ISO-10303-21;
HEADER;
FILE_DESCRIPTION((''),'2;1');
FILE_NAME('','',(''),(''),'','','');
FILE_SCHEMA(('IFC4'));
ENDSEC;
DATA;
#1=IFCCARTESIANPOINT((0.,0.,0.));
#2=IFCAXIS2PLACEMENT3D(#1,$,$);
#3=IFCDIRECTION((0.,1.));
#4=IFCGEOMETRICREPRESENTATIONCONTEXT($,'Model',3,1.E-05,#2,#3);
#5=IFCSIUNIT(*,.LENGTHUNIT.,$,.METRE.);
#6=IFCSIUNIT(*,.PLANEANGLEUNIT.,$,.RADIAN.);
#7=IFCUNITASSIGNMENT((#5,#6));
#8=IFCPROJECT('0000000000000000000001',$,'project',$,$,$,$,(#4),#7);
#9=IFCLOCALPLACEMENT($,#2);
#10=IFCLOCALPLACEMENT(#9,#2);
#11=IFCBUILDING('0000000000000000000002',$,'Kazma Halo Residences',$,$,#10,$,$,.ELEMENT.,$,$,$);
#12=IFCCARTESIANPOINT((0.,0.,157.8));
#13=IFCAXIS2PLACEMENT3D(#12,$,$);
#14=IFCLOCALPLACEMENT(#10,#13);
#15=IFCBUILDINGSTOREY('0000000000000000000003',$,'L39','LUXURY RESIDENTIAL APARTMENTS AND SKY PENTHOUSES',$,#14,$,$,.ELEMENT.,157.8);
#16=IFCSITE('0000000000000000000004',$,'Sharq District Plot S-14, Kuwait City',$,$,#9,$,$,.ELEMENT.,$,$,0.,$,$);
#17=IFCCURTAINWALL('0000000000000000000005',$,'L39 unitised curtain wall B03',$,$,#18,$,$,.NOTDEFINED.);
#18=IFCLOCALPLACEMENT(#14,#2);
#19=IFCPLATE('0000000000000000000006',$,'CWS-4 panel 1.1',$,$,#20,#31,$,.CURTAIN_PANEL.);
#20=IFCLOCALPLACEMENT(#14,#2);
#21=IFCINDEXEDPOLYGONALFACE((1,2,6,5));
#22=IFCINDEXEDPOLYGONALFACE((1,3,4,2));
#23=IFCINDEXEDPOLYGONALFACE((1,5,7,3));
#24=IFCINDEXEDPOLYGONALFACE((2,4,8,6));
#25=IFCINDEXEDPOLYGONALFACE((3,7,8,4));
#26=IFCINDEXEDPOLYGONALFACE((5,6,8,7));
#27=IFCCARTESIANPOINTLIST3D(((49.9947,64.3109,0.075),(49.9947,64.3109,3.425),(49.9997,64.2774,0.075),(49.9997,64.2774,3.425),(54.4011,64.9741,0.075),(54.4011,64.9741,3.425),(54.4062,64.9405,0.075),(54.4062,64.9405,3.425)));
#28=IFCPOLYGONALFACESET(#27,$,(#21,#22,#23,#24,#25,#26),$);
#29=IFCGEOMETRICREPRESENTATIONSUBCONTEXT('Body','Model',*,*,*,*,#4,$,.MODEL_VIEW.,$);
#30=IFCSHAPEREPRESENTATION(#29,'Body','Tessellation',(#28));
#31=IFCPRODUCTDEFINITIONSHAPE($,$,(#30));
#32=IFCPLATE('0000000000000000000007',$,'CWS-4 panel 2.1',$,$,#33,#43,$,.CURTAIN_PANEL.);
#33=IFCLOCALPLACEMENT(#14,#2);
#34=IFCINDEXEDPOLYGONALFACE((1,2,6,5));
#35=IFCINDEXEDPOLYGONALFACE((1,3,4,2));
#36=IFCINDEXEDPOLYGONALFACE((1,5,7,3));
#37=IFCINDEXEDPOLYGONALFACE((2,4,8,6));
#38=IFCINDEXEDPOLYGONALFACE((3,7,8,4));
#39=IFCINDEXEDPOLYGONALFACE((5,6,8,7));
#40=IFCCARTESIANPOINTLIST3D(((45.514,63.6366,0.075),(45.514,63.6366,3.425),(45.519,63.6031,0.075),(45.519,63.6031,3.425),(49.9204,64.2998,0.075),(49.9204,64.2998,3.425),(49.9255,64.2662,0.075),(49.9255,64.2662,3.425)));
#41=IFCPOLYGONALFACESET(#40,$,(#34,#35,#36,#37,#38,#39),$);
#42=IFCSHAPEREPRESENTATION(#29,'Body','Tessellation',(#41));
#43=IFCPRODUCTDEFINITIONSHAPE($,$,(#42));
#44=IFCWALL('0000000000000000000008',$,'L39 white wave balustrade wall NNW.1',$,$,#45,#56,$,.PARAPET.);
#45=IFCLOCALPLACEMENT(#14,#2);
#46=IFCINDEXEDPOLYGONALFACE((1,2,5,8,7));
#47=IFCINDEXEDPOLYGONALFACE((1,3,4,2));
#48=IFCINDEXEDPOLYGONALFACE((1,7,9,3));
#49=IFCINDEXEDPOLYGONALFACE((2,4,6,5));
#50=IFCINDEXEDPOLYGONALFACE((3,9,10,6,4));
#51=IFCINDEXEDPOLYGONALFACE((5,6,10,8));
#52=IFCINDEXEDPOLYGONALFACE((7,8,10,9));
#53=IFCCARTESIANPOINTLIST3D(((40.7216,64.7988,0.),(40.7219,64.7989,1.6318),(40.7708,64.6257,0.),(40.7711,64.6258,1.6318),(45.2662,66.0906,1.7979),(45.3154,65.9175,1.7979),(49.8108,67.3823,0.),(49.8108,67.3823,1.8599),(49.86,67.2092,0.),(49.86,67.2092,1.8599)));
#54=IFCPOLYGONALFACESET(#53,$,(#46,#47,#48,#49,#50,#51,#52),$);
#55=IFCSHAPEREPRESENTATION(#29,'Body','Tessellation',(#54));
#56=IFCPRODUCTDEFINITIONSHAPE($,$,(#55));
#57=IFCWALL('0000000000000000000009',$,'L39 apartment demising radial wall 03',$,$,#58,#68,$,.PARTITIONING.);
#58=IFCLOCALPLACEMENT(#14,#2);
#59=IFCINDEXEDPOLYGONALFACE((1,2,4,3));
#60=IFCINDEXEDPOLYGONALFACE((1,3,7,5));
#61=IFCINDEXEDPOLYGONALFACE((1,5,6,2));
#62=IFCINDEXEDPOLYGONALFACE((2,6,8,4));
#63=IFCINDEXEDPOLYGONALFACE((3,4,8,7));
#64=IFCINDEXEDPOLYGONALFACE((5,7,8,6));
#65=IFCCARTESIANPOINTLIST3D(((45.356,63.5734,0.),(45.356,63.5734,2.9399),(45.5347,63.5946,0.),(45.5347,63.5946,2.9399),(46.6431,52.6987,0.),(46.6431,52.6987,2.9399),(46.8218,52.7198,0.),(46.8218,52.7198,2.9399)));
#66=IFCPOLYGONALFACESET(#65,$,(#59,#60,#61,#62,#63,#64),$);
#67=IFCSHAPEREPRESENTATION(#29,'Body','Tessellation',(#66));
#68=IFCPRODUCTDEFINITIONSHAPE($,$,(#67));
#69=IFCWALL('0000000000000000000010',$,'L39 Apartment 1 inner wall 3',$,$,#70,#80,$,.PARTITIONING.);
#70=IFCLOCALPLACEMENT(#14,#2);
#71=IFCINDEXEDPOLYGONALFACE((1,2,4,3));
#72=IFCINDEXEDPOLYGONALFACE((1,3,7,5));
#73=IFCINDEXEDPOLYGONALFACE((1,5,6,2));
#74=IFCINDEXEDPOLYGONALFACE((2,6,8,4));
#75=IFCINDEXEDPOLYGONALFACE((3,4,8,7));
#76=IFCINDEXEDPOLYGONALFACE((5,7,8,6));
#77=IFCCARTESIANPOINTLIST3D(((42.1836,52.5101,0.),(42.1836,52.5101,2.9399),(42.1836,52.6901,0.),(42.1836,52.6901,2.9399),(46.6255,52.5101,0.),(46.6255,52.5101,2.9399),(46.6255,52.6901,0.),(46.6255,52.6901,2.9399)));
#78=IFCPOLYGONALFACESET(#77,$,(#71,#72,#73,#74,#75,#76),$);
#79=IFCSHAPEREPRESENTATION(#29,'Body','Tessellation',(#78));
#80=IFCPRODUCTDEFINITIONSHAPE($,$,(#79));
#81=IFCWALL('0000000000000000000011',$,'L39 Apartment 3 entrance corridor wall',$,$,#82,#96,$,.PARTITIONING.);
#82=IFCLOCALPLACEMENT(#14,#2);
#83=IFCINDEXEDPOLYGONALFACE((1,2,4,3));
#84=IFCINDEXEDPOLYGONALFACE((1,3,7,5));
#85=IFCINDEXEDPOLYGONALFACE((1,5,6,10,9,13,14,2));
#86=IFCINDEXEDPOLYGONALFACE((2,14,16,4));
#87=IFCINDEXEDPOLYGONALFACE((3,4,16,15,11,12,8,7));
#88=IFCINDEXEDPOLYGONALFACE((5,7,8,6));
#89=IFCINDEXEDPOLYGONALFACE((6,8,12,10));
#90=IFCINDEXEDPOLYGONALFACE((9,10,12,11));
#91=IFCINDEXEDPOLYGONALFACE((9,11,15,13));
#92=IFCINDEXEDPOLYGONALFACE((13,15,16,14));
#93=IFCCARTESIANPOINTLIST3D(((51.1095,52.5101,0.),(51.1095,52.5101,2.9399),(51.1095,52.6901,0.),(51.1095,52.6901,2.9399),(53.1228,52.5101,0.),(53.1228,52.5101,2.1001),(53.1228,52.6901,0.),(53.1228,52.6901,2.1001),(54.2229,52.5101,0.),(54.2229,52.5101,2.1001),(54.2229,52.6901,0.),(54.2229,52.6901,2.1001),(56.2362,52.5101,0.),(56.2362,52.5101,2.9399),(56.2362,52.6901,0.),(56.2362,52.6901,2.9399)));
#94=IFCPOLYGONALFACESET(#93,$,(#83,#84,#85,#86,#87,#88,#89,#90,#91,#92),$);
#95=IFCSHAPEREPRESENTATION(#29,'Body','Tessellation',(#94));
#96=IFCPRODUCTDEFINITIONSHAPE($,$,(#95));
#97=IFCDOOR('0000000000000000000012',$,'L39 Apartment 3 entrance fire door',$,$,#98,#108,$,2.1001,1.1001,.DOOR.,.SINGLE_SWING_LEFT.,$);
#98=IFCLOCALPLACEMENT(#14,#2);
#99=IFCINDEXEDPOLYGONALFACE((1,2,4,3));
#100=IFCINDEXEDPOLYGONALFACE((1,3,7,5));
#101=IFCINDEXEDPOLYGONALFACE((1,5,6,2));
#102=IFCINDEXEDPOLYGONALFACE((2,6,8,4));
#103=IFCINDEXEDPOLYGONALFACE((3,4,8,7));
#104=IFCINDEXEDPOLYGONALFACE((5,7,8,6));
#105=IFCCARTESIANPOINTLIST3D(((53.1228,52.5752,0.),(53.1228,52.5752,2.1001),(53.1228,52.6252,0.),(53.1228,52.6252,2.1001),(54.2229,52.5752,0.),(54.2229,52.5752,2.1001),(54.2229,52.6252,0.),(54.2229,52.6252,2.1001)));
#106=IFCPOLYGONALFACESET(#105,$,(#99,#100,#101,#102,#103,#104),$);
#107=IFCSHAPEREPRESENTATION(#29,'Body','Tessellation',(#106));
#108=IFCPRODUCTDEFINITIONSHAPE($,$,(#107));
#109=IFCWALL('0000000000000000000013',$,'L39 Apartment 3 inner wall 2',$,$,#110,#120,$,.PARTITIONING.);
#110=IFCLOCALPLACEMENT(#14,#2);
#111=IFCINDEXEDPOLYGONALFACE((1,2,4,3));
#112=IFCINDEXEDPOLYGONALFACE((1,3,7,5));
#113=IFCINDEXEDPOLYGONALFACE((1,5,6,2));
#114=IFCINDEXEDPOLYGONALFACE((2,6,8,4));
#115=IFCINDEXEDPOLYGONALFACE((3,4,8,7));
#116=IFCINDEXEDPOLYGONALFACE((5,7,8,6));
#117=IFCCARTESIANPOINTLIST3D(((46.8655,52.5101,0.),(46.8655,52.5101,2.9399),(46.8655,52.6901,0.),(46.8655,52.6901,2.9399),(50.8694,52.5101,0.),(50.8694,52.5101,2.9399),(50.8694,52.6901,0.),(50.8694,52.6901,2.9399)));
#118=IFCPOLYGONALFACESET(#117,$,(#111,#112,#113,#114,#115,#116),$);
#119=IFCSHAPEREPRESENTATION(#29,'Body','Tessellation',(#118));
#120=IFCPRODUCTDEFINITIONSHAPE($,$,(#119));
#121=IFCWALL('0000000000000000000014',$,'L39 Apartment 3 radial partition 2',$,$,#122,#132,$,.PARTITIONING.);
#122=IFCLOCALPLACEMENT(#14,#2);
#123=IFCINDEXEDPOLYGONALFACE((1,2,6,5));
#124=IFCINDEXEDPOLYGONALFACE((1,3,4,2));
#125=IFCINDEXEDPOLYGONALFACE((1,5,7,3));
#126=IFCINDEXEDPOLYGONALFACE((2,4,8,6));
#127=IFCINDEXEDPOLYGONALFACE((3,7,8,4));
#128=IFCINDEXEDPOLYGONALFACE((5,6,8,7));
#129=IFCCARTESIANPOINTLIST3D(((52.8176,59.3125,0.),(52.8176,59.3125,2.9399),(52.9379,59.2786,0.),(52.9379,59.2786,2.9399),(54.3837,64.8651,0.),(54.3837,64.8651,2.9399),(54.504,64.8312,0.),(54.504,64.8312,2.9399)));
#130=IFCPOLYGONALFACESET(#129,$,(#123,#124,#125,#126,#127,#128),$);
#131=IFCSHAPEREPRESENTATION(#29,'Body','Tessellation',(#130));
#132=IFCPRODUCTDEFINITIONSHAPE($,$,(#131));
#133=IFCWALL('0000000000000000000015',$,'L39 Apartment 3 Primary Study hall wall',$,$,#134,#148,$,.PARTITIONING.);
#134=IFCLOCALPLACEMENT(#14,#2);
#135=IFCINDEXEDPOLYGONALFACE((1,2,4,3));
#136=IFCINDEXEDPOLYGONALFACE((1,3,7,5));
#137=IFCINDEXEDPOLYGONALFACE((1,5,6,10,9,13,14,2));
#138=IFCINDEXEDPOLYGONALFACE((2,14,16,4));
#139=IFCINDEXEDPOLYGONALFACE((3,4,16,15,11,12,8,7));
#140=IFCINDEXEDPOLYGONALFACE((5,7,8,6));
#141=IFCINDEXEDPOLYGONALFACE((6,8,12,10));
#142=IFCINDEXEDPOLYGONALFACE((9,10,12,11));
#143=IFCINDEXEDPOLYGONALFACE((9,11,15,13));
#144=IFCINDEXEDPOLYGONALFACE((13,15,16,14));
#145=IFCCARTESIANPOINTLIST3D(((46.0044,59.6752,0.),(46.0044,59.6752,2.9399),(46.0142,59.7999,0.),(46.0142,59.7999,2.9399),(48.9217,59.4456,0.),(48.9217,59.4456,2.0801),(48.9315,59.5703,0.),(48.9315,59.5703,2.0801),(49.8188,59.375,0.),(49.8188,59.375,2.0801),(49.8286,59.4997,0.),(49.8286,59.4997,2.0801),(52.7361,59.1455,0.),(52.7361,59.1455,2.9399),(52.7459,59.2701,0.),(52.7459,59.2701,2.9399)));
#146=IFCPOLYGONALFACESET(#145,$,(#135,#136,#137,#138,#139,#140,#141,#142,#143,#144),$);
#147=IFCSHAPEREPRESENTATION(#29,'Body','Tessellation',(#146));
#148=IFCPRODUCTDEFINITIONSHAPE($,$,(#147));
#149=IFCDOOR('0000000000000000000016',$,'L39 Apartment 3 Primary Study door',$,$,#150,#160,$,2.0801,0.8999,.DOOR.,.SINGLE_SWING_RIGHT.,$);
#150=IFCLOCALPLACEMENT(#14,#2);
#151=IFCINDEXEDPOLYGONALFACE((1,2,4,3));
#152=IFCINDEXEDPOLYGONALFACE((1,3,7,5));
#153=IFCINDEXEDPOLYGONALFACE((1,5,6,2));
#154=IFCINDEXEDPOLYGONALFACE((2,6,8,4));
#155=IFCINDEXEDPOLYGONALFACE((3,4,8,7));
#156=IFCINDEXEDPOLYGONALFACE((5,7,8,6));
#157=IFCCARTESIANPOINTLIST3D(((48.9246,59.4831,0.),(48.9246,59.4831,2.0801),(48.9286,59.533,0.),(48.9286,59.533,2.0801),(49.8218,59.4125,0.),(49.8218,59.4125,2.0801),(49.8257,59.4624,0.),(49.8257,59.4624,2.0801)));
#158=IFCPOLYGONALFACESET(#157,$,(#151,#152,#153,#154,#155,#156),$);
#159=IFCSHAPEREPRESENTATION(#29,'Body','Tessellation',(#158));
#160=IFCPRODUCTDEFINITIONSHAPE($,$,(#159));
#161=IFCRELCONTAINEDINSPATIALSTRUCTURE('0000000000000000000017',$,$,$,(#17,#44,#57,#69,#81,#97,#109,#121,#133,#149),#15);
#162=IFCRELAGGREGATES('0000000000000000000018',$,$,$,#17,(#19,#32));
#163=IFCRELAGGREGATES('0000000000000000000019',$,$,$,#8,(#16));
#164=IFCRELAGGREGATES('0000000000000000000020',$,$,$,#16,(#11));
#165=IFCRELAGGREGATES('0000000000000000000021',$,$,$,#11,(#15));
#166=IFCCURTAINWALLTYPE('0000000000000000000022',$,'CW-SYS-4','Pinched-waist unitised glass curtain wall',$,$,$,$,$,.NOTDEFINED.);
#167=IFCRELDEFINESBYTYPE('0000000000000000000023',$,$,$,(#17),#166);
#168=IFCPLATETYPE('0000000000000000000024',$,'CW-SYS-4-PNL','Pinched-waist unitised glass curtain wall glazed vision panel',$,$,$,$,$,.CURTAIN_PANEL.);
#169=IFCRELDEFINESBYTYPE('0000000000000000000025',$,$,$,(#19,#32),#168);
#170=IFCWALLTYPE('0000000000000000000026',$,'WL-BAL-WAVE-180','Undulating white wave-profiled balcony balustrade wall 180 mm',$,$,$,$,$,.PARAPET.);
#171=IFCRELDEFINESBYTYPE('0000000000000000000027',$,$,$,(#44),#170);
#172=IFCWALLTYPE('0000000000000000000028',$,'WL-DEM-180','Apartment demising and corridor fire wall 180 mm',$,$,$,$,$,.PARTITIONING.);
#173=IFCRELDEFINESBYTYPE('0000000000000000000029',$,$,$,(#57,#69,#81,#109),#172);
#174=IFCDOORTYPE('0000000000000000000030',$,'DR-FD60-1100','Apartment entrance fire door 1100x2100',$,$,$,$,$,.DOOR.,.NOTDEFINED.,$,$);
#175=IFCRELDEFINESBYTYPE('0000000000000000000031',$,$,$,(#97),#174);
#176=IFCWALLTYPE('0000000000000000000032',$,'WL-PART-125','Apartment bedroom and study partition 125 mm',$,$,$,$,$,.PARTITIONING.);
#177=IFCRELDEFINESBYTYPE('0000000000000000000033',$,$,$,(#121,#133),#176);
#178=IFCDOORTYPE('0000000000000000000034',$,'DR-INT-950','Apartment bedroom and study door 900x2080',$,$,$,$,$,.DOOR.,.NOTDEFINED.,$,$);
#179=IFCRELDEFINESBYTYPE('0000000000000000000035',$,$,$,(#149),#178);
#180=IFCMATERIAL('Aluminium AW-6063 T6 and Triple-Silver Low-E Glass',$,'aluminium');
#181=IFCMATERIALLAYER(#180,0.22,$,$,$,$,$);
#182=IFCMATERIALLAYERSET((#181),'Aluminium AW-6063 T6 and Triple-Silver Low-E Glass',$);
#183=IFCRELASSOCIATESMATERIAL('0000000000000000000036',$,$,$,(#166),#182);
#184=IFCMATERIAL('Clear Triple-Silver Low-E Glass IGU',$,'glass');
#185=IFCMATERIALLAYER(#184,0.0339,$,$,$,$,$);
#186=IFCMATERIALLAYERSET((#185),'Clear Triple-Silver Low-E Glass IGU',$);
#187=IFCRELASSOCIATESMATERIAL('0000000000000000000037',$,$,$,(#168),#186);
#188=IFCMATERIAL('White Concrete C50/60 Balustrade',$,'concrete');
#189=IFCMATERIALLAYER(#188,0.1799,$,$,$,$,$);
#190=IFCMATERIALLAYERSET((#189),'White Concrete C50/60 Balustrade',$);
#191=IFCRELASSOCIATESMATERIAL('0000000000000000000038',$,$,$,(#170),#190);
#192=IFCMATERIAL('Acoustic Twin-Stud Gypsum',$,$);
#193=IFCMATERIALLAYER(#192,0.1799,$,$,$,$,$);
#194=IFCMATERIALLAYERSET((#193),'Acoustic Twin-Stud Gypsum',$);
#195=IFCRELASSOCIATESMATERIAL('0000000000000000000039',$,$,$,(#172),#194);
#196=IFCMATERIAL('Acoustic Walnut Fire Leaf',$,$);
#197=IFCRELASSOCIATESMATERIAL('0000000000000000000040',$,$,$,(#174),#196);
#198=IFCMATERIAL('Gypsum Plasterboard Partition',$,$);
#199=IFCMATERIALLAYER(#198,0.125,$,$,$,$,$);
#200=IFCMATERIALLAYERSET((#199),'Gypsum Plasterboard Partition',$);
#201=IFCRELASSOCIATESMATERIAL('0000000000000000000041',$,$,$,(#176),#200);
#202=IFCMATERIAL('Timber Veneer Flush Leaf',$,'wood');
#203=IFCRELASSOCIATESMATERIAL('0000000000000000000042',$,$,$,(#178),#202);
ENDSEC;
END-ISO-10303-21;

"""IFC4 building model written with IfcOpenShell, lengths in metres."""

from ifc_helpers import new_model, si_unit, direction, frame, frame_2d, origin, origin_2d, place, context, subcontext, project, spatial, polyline, rectangle, outline, extrude, material, layer, layer_set, type_object, element, fill, aggregate, save


model = new_model("IFC4")

# Units and contexts
model_context = context("Model", 3, precision=1e-05, world=origin(), true_north=direction((0.0, 1.0)))
body_context = subcontext(model_context, "Body", "Model", "MODEL_VIEW")
ifc_project = project(units=[si_unit("LENGTHUNIT", "METRE"), si_unit("PLANEANGLEUNIT", "RADIAN")], contexts=[model_context])

# Site, building, storey
site_placement = place(None, origin())
site = spatial("IfcSite", under=ifc_project, at=site_placement, Name="Sharq District Plot S-14, Kuwait City", CompositionType="ELEMENT", RefElevation=0.0)
building_placement = place(site_placement, origin())
building = spatial("IfcBuilding", under=site, at=building_placement, Name="Kazma Halo Residences", CompositionType="ELEMENT")
storey_placement = place(building_placement, frame((0.0, 0.0, 157.8)))
storey = spatial("IfcBuildingStorey", under=building, at=storey_placement, Name="L39", Description="LUXURY RESIDENTIAL APARTMENTS AND SKY PENTHOUSES", CompositionType="ELEMENT", Elevation=157.8)

# Curtain wall, plates
ifc_material_1 = material(Name="Aluminium AW-6063 T6 and Triple-Silver Low-E Glass", Category="aluminium")
ifc_layer_1 = layer(ifc_material_1, 0.22)
ifc_layer_set_1 = layer_set([ifc_layer_1], Name="Aluminium AW-6063 T6 and Triple-Silver Low-E Glass")
curtain_wall_type = type_object("IfcCurtainWallType", Name="CW-SYS-4", Description="Pinched-waist unitised glass curtain wall", PredefinedType="NOTDEFINED", material=ifc_layer_set_1)
curtain_wall_placement = place(storey_placement, origin())
curtain_wall = element("IfcCurtainWall", 1, at=curtain_wall_placement, inside=storey, type_object=curtain_wall_type, Name="L39 unitised curtain wall B03", PredefinedType="NOTDEFINED")
ifc_material_2 = material(Name="Clear Triple-Silver Low-E Glass IGU", Category="glass")
ifc_layer_2 = layer(ifc_material_2, 0.0339)
ifc_layer_set_2 = layer_set([ifc_layer_2], Name="Clear Triple-Silver Low-E Glass IGU")
plate_type = type_object("IfcPlateType", Name="CW-SYS-4-PNL", Description="Pinched-waist unitised glass curtain wall glazed vision panel", PredefinedType="CURTAIN_PANEL", material=ifc_layer_set_2)
plate_1_placement = place(storey_placement, frame((52.2004, 64.6257, 0.075), z_axis=(0.0, 0.0, 1.0), x_axis=(-0.988864, -0.148821, 0.0)))
plate_1 = element("IfcPlate", 2, at=plate_1_placement, type_object=plate_type, Name="CWS-4 panel 1.1", PredefinedType="CURTAIN_PANEL", context=body_context, shape_type="SweptSolid", body=[
    extrude(rectangle(XDim=4.4561, YDim=0.0339, at=origin_2d()), origin(), (0.0, 0.0, 1.0), 3.3501),
])
plate_2_placement = place(storey_placement, frame((47.7197, 63.9514, 0.075), z_axis=(0.0, 0.0, 1.0), x_axis=(-0.988864, -0.148821, 0.0)))
plate_2 = element("IfcPlate", 3, at=plate_2_placement, type_object=plate_type, Name="CWS-4 panel 2.1", PredefinedType="CURTAIN_PANEL", context=body_context, shape_type="SweptSolid", body=[
    extrude(rectangle(XDim=4.4561, YDim=0.0339, at=origin_2d()), origin(), (0.0, 0.0, 1.0), 3.3501),
])
aggregate(curtain_wall, [plate_1, plate_2])

# Walls
ifc_material_3 = material(Name="White Concrete C50/60 Balustrade", Category="concrete")
ifc_layer_3 = layer(ifc_material_3, 0.1799)
ifc_layer_set_3 = layer_set([ifc_layer_3], Name="White Concrete C50/60 Balustrade")
wall_type_1 = type_object("IfcWallType", Name="WL-BAL-WAVE-180", Description="Undulating white wave-profiled balcony balustrade wall 180 mm", PredefinedType="PARAPET", material=ifc_layer_set_3)
wall_1_placement = place(storey_placement, frame((49.8354, 67.2957, 0.0), z_axis=(0.0, 0.0, 1.0), x_axis=(-0.961897, -0.27341, 0.0)))
element("IfcWall", 4, at=wall_1_placement, inside=storey, type_object=wall_type_1, Name="L39 white wave balustrade wall NNW.1", PredefinedType="PARAPET", context=body_context, shape_type="SweptSolid", body=[
    extrude(outline(polyline([(0.0, 0.0), (9.4492, 0.0), (9.449, 1.6318), (4.7246, 1.7979), (0.0, 1.8599), (0.0, 0.0)])), frame((0.0, 0.0898, 0.0), z_axis=(0.0, -1.0, 0.0), x_axis=(1.0, 0.0, 0.0)), (0.0, 0.0, 1.0), 0.1799),
])
ifc_material_4 = material(Name="Acoustic Twin-Stud Gypsum")
ifc_layer_4 = layer(ifc_material_4, 0.1799)
ifc_layer_set_4 = layer_set([ifc_layer_4], Name="Acoustic Twin-Stud Gypsum")
wall_type_2 = type_object("IfcWallType", Name="WL-DEM-180", Description="Apartment demising and corridor fire wall 180 mm", PredefinedType="PARTITIONING", material=ifc_layer_set_4)
wall_2_placement = place(storey_placement, frame((46.7324, 52.7092, 0.0), z_axis=(0.0, 0.0, 1.0), x_axis=(-0.117537, 0.993068, 0.0)))
element("IfcWall", 5, at=wall_2_placement, inside=storey, type_object=wall_type_2, Name="L39 apartment demising radial wall 03", PredefinedType="PARTITIONING", context=body_context, shape_type="SweptSolid", body=[
    extrude(rectangle(XDim=10.9507, YDim=0.1799, at=frame_2d((5.4753, 0.0))), origin(), (0.0, 0.0, 1.0), 2.9399),
])
wall_3_placement = place(storey_placement, frame((46.6255, 52.6001, 0.0), z_axis=(0.0, 0.0, 1.0), x_axis=(-1.0, 0.0, 0.0)))
element("IfcWall", 6, at=wall_3_placement, inside=storey, type_object=wall_type_2, Name="L39 Apartment 1 inner wall 3", PredefinedType="PARTITIONING", context=body_context, shape_type="SweptSolid", body=[
    extrude(rectangle(XDim=4.4419, YDim=0.1799, at=frame_2d((2.2209, 0.0))), origin(), (0.0, 0.0, 1.0), 2.9399),
])

# Wall, opening, door
wall_4_placement = place(storey_placement, frame((56.2363, 52.6001, 0.0), z_axis=(0.0, 0.0, 1.0), x_axis=(-1.0, 0.0, 0.0)))
wall_4 = element("IfcWall", 7, at=wall_4_placement, inside=storey, type_object=wall_type_2, Name="L39 Apartment 3 entrance corridor wall", PredefinedType="PARTITIONING", context=body_context, shape_type="SweptSolid", body=[
    extrude(rectangle(XDim=5.1267, YDim=0.1799, at=frame_2d((2.5635, 0.0))), origin(), (0.0, 0.0, 1.0), 2.9399),
])
opening_1_placement = place(wall_4_placement, frame((2.0134, 0.0, 0.0)))
opening_1 = element("IfcOpeningElement", 8, at=opening_1_placement, cuts=wall_4, PredefinedType="OPENING", context=body_context, shape_type="SweptSolid", body=[
    extrude(rectangle(XDim=1.1001, YDim=2.1001, at=frame_2d((0.55, 1.05))), frame((0.0, 0.0999, 0.0), z_axis=(0.0, -1.0, 0.0), x_axis=(1.0, 0.0, 0.0)), (0.0, 0.0, 1.0), 0.2),
])
ifc_material_5 = material(Name="Acoustic Walnut Fire Leaf")
door_type_1 = type_object("IfcDoorType", Name="DR-FD60-1100", Description="Apartment entrance fire door 1100x2100", OperationType="NOTDEFINED", PredefinedType="DOOR", material=ifc_material_5)
door_1_placement = place(opening_1_placement, origin())
door_1 = element("IfcDoor", 9, at=door_1_placement, inside=storey, type_object=door_type_1, Name="L39 Apartment 3 entrance fire door", OperationType="SINGLE_SWING_LEFT", OverallHeight=2.1001, OverallWidth=1.1001, PredefinedType="DOOR", context=body_context, shape_type="SweptSolid", body=[
    extrude(rectangle(XDim=1.1001, YDim=2.1001, at=frame_2d((0.55, 1.05))), frame((0.0, 0.0249, 0.0), z_axis=(0.0, -1.0, 0.0), x_axis=(1.0, 0.0, 0.0)), (0.0, 0.0, 1.0), 0.05),
])
fill(opening_1, door_1)

# Walls
wall_5_placement = place(storey_placement, frame((50.8694, 52.6001, 0.0), z_axis=(0.0, 0.0, 1.0), x_axis=(-1.0, 0.0, 0.0)))
element("IfcWall", 10, at=wall_5_placement, inside=storey, type_object=wall_type_2, Name="L39 Apartment 3 inner wall 2", PredefinedType="PARTITIONING", context=body_context, shape_type="SweptSolid", body=[
    extrude(rectangle(XDim=4.0039, YDim=0.1799, at=frame_2d((2.002, 0.0))), origin(), (0.0, 0.0, 1.0), 2.9399),
])
ifc_material_6 = material(Name="Gypsum Plasterboard Partition")
ifc_layer_5 = layer(ifc_material_6, 0.125)
ifc_layer_set_5 = layer_set([ifc_layer_5], Name="Gypsum Plasterboard Partition")
wall_type_3 = type_object("IfcWallType", Name="WL-PART-125", Description="Apartment bedroom and study partition 125 mm", PredefinedType="PARTITIONING", material=ifc_layer_set_5)
wall_6_placement = place(storey_placement, frame((52.8777, 59.2954, 0.0), z_axis=(0.0, 0.0, 1.0), x_axis=(0.271461, 0.962449, 0.0)))
element("IfcWall", 11, at=wall_6_placement, inside=storey, type_object=wall_type_3, Name="L39 Apartment 3 radial partition 2", PredefinedType="PARTITIONING", context=body_context, shape_type="SweptSolid", body=[
    extrude(rectangle(XDim=5.7693, YDim=0.125, at=frame_2d((2.8848, 0.0))), origin(), (0.0, 0.0, 1.0), 2.9399),
])

# Wall, opening, door
wall_7_placement = place(storey_placement, frame((52.741, 59.2078, 0.0), z_axis=(0.0, 0.0, 1.0), x_axis=(-0.996917, 0.078458, 0.0)))
wall_7 = element("IfcWall", 12, at=wall_7_placement, inside=storey, type_object=wall_type_3, Name="L39 Apartment 3 Primary Study hall wall", PredefinedType="PARTITIONING", context=body_context, shape_type="SweptSolid", body=[
    extrude(rectangle(XDim=6.7524, YDim=0.125, at=frame_2d((3.3762, 0.0))), origin(), (0.0, 0.0, 1.0), 2.9399),
])
opening_2_placement = place(wall_7_placement, frame((2.9263, 0.0, 0.0)))
opening_2 = element("IfcOpeningElement", 13, at=opening_2_placement, cuts=wall_7, PredefinedType="OPENING", context=body_context, shape_type="SweptSolid", body=[
    extrude(rectangle(XDim=0.8999, YDim=2.0801, at=frame_2d((0.45, 1.04))), frame((0.0, 0.0725, 0.0), z_axis=(0.0, -1.0, 0.0), x_axis=(1.0, 0.0, 0.0)), (0.0, 0.0, 1.0), 0.145),
])
ifc_material_7 = material(Name="Timber Veneer Flush Leaf", Category="wood")
door_type_2 = type_object("IfcDoorType", Name="DR-INT-950", Description="Apartment bedroom and study door 900x2080", OperationType="NOTDEFINED", PredefinedType="DOOR", material=ifc_material_7)
door_2_placement = place(opening_2_placement, origin())
door_2 = element("IfcDoor", 14, at=door_2_placement, inside=storey, type_object=door_type_2, Name="L39 Apartment 3 Primary Study door", OperationType="SINGLE_SWING_RIGHT", OverallHeight=2.0801, OverallWidth=0.8999, PredefinedType="DOOR", context=body_context, shape_type="SweptSolid", body=[
    extrude(rectangle(XDim=0.8999, YDim=2.0801, at=frame_2d((0.45, 1.04))), frame((0.0, 0.0249, 0.0), z_axis=(0.0, -1.0, 0.0), x_axis=(1.0, 0.0, 0.0)), (0.0, 0.0, 1.0), 0.05),
])
fill(opening_2, door_2)

save(model, "model.ifc")
